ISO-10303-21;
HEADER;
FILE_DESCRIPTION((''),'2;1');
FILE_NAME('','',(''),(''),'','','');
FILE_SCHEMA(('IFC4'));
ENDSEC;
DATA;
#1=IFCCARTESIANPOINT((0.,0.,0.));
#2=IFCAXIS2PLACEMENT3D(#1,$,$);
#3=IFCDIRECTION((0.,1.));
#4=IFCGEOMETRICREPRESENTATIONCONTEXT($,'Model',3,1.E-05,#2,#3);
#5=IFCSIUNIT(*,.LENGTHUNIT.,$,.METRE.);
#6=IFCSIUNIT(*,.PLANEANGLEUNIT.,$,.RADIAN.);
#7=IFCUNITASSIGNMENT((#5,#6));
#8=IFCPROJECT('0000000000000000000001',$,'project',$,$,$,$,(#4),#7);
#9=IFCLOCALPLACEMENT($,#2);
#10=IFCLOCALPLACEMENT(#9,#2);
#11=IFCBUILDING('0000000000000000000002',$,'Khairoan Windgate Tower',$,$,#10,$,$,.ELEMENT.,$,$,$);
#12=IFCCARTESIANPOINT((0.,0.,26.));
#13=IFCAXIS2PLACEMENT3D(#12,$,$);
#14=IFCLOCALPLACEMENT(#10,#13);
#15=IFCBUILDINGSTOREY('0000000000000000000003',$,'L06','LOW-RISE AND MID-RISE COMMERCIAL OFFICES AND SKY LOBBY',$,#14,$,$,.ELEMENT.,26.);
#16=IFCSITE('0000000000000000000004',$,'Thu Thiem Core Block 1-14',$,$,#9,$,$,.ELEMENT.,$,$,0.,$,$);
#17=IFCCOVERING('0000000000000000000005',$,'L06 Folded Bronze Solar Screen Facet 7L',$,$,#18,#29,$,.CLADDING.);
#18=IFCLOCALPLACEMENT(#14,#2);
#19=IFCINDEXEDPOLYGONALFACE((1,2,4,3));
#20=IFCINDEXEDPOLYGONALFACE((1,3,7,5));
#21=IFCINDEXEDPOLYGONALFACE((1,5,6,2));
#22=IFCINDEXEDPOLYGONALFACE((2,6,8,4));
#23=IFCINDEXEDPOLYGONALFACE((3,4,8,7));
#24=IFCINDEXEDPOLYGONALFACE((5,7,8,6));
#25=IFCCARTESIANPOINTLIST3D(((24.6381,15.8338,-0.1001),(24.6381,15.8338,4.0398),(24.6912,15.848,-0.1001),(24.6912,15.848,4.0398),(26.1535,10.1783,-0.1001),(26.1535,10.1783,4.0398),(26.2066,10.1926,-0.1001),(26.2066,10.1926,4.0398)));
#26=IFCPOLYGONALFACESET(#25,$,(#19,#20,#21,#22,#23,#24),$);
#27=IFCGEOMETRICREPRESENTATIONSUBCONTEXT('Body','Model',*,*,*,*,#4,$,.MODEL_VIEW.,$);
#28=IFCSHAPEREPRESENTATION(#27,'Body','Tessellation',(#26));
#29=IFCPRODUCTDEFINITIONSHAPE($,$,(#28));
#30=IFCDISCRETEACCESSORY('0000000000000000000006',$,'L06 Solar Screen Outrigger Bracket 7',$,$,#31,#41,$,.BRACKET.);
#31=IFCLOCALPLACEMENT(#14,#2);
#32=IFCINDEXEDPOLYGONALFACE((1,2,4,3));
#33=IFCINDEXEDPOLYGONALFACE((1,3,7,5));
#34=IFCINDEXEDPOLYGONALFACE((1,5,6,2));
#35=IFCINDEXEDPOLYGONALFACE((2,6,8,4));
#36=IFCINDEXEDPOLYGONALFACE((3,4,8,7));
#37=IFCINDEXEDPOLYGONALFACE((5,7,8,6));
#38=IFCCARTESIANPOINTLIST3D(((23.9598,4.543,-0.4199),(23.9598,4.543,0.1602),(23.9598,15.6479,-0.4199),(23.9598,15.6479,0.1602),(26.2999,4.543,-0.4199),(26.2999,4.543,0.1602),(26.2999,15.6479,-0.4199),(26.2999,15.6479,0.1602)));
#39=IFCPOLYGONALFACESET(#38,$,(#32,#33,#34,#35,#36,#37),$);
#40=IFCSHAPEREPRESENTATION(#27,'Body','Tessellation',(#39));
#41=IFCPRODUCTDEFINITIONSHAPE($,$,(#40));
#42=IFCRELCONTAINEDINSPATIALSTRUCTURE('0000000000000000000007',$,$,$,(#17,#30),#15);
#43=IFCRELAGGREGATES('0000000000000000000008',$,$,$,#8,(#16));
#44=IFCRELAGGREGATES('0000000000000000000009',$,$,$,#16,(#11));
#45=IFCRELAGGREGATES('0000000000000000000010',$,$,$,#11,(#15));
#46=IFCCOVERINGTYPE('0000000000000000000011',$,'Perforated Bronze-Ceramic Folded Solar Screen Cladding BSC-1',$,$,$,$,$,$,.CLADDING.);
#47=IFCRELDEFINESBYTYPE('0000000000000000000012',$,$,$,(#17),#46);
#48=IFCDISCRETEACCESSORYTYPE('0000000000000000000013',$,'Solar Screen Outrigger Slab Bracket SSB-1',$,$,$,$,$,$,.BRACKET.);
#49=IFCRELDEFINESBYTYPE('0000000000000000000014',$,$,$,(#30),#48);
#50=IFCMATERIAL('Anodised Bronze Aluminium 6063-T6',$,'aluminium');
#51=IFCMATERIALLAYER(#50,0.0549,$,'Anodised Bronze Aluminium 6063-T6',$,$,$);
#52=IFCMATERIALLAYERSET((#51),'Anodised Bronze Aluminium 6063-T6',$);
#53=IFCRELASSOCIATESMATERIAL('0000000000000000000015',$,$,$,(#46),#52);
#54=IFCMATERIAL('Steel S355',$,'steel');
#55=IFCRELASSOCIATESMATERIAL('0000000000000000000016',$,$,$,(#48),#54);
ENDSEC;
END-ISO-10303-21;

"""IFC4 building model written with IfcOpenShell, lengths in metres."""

from ifc_helpers import new_model, si_unit, direction, frame, origin, origin_2d, place, context, subcontext, project, spatial, rectangle, extrude, material, layer, layer_set, type_object, element, save


model = new_model("IFC4")

# Units and contexts
model_context = context("Model", 3, precision=1e-05, world=origin(), true_north=direction((0.0, 1.0)))
body_context = subcontext(model_context, "Body", "Model", "MODEL_VIEW")
ifc_project = project(units=[si_unit("LENGTHUNIT", "METRE"), si_unit("PLANEANGLEUNIT", "RADIAN")], contexts=[model_context])

# Site, building, storey
site_placement = place(None, origin())
site = spatial("IfcSite", under=ifc_project, at=site_placement, Name="Thu Thiem Core Block 1-14", CompositionType="ELEMENT", RefElevation=0.0)
building_placement = place(site_placement, origin())
building = spatial("IfcBuilding", under=site, at=building_placement, Name="Khairoan Windgate Tower", CompositionType="ELEMENT")
storey_placement = place(building_placement, frame((0.0, 0.0, 26.0)))
storey = spatial("IfcBuildingStorey", under=building, at=storey_placement, Name="L06", Description="LOW-RISE AND MID-RISE COMMERCIAL OFFICES AND SKY LOBBY", CompositionType="ELEMENT", Elevation=26.0)

# Covering
ifc_material_1 = material(Name="Anodised Bronze Aluminium 6063-T6", Category="aluminium")
ifc_layer_1 = layer(ifc_material_1, 0.0549, Name="Anodised Bronze Aluminium 6063-T6")
ifc_layer_set_1 = layer_set([ifc_layer_1], Name="Anodised Bronze Aluminium 6063-T6")
covering_type = type_object("IfcCoveringType", Name="Perforated Bronze-Ceramic Folded Solar Screen Cladding BSC-1", PredefinedType="CLADDING", material=ifc_layer_set_1)
covering_placement = place(storey_placement, frame((25.4224, 13.0132, -0.1001), z_axis=(0.0, 0.0, 1.0), x_axis=(0.258819, -0.965926, 0.0)))
element("IfcCovering", 1, at=covering_placement, inside=storey, type_object=covering_type, Name="L06 Folded Bronze Solar Screen Facet 7L", PredefinedType="CLADDING", context=body_context, shape_type="SweptSolid", body=[
    extrude(rectangle(XDim=5.855, YDim=0.0549, at=origin_2d()), origin(), (0.0, 0.0, 1.0), 4.1399),
])

# Discrete accessory
ifc_material_2 = material(Name="Steel S355", Category="steel")
discrete_accessory_type = type_object("IfcDiscreteAccessoryType", Name="Solar Screen Outrigger Slab Bracket SSB-1", PredefinedType="BRACKET", material=ifc_material_2)
discrete_accessory_placement = place(storey_placement, frame((25.1299, 10.0955, -0.4199), z_axis=(0.0, 0.0, 1.0), x_axis=(0.0, -1.0, 0.0)))
element("IfcDiscreteAccessory", 2, at=discrete_accessory_placement, inside=storey, type_object=discrete_accessory_type, Name="L06 Solar Screen Outrigger Bracket 7", PredefinedType="BRACKET", context=body_context, shape_type="SweptSolid", body=[
    extrude(rectangle(XDim=11.105, YDim=2.3401, at=origin_2d()), origin(), (0.0, 0.0, 1.0), 0.5801),
])

save(model, "model.ifc")
